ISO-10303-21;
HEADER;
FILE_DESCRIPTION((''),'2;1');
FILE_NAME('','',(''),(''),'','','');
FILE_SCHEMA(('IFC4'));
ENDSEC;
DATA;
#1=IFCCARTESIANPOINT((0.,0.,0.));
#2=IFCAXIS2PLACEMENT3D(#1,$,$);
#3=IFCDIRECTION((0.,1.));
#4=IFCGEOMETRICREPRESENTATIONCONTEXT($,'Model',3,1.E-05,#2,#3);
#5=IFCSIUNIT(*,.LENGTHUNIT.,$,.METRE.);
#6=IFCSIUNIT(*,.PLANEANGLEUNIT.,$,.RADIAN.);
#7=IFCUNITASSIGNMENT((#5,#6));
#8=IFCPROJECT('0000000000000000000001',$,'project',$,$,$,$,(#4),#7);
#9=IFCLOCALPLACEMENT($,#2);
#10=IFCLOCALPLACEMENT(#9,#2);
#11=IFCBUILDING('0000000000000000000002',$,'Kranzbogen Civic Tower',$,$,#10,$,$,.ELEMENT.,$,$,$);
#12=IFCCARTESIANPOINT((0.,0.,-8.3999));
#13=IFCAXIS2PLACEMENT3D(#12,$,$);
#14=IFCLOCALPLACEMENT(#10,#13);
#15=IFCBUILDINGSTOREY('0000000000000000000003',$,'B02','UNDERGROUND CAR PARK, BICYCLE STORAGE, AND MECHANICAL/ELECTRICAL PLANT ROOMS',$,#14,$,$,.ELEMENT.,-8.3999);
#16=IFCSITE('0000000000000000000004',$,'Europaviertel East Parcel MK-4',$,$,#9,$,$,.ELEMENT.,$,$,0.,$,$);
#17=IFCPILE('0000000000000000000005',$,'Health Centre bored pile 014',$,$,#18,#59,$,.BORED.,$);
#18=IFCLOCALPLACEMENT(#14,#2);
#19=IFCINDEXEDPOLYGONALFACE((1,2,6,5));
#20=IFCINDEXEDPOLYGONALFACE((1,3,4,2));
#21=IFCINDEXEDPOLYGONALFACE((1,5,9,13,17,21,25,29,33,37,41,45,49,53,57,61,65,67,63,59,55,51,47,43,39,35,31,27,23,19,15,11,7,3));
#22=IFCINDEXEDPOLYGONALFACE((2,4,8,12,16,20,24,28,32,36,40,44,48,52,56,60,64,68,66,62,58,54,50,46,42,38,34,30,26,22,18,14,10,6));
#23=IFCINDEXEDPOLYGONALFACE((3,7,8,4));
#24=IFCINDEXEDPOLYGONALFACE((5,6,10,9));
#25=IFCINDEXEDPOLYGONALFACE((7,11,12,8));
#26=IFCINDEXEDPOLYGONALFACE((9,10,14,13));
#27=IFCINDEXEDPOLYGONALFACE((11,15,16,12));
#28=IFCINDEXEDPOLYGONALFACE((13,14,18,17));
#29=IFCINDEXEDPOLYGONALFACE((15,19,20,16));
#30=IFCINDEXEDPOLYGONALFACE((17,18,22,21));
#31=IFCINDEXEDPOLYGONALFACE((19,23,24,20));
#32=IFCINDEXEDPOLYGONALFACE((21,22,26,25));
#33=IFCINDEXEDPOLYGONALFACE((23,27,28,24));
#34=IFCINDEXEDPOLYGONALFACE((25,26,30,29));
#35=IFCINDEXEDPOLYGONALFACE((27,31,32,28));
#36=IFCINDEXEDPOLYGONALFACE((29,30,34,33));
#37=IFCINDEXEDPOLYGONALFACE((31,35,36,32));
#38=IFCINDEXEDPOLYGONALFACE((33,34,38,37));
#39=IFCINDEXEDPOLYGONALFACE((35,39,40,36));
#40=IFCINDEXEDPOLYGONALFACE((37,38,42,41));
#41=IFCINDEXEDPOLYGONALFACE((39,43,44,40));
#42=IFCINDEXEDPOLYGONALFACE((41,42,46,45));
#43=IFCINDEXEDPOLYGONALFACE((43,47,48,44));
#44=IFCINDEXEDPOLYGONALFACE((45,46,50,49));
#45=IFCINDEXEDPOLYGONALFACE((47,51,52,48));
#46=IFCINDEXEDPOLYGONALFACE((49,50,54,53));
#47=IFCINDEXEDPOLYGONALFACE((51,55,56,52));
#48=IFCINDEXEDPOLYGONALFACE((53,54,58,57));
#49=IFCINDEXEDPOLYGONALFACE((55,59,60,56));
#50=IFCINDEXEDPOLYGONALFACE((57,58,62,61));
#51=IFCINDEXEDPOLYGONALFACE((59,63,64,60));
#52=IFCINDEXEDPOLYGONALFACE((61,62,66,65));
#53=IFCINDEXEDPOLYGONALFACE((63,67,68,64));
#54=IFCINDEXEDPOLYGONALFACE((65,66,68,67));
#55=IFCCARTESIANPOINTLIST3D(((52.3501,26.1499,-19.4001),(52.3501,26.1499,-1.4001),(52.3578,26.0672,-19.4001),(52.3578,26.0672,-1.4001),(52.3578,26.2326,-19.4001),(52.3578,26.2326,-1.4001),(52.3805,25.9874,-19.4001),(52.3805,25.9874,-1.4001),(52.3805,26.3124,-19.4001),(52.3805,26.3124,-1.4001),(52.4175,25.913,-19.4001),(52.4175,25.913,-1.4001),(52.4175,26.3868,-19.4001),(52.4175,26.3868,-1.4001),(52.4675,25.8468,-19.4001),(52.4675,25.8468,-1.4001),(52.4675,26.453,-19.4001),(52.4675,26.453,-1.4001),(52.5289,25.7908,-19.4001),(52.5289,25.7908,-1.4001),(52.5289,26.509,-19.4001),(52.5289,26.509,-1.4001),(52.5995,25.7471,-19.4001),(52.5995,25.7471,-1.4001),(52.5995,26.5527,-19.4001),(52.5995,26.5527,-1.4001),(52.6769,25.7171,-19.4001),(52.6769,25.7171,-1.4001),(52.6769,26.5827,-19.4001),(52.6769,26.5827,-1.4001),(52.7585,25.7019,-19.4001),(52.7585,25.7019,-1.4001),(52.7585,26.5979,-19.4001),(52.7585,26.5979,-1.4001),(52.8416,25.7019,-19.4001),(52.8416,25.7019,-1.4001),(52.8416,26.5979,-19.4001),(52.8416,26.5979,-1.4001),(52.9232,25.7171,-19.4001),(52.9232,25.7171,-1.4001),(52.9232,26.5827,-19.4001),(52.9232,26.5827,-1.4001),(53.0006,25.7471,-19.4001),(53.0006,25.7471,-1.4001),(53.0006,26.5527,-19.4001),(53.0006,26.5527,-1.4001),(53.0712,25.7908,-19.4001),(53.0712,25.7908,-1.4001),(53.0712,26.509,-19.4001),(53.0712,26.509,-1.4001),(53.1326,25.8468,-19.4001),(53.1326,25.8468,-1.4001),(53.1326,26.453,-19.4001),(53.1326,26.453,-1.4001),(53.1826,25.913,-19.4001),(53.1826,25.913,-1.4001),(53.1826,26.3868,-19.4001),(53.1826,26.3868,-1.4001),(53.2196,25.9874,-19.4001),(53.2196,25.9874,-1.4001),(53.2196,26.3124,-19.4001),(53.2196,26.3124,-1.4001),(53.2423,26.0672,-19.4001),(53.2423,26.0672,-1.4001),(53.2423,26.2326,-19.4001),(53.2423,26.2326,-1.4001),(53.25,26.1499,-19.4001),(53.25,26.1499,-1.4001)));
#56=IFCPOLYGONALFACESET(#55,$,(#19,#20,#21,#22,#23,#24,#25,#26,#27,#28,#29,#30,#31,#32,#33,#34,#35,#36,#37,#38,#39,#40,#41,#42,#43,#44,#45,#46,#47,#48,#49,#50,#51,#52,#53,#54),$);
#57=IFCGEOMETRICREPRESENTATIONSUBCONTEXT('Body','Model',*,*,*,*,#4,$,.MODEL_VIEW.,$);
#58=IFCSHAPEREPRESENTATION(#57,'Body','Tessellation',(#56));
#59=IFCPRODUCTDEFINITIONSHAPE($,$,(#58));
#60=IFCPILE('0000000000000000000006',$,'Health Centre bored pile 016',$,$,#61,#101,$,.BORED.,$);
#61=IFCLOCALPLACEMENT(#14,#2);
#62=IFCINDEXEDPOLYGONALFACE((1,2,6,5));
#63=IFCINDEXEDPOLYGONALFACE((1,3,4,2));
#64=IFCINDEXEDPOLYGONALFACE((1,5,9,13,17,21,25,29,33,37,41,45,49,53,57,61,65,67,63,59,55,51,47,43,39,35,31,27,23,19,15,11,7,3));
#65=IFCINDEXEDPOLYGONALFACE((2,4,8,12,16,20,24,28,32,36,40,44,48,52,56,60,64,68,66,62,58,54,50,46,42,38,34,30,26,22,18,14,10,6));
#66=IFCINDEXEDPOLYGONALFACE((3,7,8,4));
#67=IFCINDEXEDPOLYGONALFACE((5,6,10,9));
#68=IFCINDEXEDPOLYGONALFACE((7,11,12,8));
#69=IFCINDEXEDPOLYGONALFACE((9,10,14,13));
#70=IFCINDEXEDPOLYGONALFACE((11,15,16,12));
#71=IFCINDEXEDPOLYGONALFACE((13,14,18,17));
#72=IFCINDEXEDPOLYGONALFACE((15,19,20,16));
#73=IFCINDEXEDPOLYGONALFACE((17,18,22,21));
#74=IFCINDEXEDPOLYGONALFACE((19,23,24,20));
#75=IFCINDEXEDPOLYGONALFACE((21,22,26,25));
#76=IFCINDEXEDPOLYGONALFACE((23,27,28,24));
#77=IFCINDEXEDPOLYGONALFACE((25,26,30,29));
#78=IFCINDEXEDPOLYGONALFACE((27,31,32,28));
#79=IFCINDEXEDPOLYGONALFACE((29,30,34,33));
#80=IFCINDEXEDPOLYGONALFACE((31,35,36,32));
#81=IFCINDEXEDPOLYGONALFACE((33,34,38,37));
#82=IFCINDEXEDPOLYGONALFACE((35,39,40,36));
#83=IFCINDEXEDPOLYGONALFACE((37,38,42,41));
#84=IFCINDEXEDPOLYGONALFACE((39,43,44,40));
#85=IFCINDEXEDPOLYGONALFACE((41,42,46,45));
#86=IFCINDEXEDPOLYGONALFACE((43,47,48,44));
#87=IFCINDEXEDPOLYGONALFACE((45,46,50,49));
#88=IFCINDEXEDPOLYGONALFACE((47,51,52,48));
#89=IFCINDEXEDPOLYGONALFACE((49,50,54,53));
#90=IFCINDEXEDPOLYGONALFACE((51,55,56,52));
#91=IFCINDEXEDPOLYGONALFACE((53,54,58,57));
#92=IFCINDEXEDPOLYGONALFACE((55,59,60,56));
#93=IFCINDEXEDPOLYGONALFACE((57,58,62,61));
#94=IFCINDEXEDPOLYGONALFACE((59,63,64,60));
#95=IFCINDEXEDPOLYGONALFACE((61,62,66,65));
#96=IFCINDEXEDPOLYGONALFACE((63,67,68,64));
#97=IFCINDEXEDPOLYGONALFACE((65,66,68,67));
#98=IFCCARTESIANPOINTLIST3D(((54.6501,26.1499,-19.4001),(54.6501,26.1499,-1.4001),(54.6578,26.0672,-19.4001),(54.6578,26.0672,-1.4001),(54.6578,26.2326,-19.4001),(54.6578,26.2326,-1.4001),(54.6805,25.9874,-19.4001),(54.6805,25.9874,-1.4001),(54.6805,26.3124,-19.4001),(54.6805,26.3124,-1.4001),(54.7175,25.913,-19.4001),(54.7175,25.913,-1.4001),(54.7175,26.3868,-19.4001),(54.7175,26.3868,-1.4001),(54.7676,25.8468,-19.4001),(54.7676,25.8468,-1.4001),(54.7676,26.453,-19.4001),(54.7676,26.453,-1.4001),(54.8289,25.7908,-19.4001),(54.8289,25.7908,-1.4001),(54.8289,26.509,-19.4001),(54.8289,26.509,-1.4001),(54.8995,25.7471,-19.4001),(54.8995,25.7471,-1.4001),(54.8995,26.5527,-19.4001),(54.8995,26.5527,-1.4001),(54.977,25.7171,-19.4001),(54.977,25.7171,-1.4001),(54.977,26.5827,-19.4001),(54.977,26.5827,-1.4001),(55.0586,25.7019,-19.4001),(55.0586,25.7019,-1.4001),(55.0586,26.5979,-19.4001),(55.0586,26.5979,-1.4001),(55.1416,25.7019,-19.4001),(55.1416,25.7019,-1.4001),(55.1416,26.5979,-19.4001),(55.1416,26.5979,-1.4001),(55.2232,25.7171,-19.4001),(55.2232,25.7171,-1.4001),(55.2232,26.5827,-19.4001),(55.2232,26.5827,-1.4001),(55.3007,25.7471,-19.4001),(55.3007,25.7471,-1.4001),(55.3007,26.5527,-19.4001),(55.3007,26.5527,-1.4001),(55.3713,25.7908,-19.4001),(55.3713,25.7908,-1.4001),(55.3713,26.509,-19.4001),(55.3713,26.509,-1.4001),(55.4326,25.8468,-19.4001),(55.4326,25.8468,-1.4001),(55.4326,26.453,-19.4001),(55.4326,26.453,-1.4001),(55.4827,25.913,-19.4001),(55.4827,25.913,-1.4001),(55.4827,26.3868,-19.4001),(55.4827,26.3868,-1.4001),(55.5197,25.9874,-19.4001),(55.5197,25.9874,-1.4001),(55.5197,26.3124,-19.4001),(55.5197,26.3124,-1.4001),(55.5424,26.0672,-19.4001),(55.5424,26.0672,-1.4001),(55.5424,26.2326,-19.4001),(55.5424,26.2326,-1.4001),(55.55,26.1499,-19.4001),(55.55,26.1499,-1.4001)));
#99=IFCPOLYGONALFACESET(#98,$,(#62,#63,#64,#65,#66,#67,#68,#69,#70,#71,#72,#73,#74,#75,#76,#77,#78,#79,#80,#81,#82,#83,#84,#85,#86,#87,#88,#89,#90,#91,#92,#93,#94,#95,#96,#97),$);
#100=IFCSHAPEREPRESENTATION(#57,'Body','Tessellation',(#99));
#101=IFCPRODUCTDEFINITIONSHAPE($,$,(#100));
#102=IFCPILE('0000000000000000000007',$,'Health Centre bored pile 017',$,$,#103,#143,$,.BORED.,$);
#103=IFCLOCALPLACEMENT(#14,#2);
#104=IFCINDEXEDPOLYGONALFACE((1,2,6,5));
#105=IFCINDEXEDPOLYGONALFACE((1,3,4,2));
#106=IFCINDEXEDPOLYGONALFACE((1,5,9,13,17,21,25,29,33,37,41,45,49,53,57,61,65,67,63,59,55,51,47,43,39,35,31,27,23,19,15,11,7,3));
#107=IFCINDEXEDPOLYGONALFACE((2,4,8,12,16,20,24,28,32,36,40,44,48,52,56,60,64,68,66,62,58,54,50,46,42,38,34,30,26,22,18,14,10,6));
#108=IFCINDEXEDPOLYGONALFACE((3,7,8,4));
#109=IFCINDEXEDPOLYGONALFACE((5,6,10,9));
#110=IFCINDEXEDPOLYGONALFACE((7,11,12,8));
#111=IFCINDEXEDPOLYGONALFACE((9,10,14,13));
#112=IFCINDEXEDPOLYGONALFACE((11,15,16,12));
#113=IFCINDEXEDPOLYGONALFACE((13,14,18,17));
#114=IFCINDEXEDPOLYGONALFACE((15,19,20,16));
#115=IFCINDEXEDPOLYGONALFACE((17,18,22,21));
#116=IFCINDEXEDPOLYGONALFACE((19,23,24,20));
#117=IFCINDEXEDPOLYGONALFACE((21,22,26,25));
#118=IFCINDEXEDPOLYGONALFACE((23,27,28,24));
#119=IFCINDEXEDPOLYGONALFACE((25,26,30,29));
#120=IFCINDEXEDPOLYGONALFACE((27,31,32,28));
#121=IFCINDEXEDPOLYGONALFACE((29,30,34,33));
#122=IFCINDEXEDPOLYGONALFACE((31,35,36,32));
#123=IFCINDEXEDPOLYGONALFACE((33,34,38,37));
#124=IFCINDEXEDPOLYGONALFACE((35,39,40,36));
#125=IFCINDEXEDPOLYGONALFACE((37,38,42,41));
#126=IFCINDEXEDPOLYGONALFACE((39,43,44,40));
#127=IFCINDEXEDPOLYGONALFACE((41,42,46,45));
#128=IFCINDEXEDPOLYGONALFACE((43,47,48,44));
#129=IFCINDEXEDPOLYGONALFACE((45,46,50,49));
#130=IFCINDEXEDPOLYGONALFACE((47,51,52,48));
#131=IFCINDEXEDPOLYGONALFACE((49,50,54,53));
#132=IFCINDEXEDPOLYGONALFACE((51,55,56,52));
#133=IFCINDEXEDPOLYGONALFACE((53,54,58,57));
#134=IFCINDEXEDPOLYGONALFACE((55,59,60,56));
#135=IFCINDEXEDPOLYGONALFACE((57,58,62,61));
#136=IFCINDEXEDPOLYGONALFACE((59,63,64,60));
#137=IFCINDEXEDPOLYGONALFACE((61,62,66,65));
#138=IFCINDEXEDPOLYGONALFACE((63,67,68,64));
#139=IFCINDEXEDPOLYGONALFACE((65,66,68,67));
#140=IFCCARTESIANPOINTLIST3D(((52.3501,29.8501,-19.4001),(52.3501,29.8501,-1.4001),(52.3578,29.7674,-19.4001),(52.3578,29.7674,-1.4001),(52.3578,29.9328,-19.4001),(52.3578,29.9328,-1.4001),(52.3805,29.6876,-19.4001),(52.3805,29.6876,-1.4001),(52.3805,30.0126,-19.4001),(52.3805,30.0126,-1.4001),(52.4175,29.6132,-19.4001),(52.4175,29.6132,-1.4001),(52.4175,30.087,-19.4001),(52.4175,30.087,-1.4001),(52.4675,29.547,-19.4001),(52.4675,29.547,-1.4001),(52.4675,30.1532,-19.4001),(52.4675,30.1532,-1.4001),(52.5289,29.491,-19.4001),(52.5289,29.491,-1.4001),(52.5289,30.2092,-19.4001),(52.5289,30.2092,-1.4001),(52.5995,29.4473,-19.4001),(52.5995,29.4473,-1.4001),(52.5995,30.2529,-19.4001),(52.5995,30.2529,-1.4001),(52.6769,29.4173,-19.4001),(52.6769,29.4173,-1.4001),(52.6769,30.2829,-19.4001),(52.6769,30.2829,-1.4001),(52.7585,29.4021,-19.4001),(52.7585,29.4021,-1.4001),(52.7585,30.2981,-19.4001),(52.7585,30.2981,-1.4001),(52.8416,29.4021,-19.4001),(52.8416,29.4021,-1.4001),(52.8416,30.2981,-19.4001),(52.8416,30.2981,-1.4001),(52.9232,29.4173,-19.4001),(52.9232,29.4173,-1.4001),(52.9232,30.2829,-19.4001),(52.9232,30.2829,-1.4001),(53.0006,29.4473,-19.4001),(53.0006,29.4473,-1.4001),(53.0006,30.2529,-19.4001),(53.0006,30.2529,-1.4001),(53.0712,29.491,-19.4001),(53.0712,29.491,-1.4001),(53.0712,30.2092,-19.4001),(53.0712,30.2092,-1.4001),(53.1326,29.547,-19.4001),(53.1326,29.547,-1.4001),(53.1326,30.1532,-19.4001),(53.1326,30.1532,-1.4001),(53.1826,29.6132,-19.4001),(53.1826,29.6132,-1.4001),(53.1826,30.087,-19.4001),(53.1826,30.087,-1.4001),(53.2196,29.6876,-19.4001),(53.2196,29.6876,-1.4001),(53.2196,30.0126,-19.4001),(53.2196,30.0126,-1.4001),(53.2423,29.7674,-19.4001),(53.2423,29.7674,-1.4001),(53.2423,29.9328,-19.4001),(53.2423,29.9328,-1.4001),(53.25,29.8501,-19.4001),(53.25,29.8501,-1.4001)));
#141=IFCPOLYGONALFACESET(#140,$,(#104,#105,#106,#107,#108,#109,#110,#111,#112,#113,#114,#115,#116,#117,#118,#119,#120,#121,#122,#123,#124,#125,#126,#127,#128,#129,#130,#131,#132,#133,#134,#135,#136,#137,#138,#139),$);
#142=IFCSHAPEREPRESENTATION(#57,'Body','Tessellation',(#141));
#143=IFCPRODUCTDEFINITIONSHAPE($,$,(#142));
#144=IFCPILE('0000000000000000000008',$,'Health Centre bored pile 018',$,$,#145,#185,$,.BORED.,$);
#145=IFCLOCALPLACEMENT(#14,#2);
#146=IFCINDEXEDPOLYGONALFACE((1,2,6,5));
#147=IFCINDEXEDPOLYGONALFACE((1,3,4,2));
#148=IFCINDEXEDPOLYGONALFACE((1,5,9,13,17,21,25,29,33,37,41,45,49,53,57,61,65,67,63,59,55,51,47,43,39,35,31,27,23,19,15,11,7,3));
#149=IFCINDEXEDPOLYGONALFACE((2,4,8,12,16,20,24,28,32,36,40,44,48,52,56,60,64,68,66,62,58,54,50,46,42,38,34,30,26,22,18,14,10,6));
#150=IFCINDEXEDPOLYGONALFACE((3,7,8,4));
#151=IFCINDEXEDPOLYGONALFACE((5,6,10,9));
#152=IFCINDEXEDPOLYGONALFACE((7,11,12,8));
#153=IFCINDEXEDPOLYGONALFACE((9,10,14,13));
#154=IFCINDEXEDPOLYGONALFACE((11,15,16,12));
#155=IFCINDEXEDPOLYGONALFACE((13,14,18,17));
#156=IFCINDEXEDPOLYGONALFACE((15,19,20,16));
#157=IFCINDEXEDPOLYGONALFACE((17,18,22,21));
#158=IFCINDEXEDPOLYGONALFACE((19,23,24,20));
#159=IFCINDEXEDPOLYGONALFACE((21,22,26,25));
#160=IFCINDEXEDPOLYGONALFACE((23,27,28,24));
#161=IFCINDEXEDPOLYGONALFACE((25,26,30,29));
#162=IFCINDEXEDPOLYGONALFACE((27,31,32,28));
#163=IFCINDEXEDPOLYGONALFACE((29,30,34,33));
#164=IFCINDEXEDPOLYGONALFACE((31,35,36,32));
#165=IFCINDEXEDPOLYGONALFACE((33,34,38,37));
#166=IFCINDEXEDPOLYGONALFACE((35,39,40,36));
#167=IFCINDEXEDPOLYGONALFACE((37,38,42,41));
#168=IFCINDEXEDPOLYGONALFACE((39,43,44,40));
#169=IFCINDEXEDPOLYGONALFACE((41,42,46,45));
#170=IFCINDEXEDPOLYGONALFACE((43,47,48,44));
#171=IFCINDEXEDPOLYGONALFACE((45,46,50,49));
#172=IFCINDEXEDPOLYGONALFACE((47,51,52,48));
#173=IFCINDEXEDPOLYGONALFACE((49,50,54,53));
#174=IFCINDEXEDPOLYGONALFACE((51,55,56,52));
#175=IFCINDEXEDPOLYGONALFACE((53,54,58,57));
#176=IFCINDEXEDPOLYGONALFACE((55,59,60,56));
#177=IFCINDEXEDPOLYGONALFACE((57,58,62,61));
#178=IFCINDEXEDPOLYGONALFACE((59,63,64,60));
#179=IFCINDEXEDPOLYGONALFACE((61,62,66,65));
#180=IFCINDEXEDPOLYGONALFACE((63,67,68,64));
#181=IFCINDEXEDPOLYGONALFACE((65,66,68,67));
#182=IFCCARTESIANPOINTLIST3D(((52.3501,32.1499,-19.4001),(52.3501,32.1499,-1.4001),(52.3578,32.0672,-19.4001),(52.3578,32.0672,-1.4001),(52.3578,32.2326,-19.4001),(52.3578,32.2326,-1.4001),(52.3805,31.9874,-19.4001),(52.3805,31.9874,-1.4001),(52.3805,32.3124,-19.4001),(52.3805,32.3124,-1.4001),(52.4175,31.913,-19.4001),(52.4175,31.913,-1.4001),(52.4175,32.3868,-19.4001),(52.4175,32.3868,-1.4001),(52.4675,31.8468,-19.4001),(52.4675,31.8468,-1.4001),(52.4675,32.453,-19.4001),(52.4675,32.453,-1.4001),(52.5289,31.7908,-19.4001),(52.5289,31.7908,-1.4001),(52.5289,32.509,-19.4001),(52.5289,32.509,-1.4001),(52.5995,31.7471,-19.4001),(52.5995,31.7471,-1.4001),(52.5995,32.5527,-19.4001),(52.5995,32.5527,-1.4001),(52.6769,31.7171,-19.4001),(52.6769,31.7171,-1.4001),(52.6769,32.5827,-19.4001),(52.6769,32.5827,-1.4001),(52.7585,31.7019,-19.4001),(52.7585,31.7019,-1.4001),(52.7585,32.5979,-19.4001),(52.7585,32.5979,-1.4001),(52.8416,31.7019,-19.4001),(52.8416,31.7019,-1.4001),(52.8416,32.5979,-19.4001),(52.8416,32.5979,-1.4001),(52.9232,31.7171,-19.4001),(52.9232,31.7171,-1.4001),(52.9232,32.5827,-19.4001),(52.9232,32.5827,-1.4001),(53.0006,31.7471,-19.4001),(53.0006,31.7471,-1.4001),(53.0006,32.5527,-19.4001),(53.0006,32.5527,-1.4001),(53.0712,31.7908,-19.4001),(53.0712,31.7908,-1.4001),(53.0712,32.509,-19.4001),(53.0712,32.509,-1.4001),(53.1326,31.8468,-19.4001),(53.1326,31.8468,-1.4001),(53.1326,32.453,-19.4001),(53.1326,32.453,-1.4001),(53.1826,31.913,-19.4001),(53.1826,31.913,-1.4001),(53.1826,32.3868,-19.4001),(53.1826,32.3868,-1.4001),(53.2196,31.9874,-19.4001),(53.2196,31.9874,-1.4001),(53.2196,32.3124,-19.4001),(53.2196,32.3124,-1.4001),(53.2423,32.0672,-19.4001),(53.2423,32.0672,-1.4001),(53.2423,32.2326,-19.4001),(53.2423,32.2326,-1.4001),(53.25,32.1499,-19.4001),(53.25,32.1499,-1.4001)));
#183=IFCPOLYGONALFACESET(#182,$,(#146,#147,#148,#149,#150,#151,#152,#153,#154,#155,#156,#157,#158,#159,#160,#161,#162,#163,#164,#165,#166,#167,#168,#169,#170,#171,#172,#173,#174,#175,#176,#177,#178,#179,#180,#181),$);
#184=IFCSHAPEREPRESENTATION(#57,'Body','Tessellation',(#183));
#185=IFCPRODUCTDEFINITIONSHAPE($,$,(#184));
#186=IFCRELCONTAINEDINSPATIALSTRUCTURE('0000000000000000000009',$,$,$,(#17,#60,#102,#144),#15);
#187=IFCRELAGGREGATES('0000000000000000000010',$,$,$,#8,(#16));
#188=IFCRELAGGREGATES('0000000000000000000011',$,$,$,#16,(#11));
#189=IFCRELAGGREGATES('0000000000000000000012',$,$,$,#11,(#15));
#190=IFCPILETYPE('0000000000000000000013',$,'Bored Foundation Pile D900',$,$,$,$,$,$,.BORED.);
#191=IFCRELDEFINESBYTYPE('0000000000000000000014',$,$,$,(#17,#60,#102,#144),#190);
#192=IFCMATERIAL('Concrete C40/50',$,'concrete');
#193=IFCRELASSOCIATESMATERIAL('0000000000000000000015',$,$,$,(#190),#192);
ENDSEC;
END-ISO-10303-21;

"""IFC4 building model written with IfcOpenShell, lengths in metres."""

from ifc_helpers import new_model, si_unit, direction, frame, origin, origin_2d, place, context, subcontext, project, spatial, circle, extrude, material, material_profile, profile_set, type_object, element, save


model = new_model("IFC4")

# Units and contexts
model_context = context("Model", 3, precision=1e-05, world=origin(), true_north=direction((0.0, 1.0)))
body_context = subcontext(model_context, "Body", "Model", "MODEL_VIEW")
ifc_project = project(units=[si_unit("LENGTHUNIT", "METRE"), si_unit("PLANEANGLEUNIT", "RADIAN")], contexts=[model_context])

# Site, building, storey
site_placement = place(None, origin())
site = spatial("IfcSite", under=ifc_project, at=site_placement, Name="Europaviertel East Parcel MK-4", CompositionType="ELEMENT", RefElevation=0.0)
building_placement = place(site_placement, origin())
building = spatial("IfcBuilding", under=site, at=building_placement, Name="Kranzbogen Civic Tower", CompositionType="ELEMENT")
storey_placement = place(building_placement, frame((0.0, 0.0, -8.3999)))
storey = spatial("IfcBuildingStorey", under=building, at=storey_placement, Name="B02", Description="UNDERGROUND CAR PARK, BICYCLE STORAGE, AND MECHANICAL/ELECTRICAL PLANT ROOMS", CompositionType="ELEMENT", Elevation=-8.3999)

# Piles
ifc_material_1 = material(Name="Concrete C40/50", Category="concrete")
ifc_material_profile_1 = material_profile(ifc_material_1, circle(Radius=0.45, at=origin_2d()), Name="PILE D900")
ifc_profile_set_1 = profile_set([ifc_material_profile_1], Name="Concrete C40/50")
pile_type_1 = type_object("IfcPileType", Name="Bored Foundation Pile D900", PredefinedType="BORED", material=ifc_profile_set_1)
for number, where, z_axis, x_axis, name in (
    (1, (52.8, 26.1499, -1.4001), (0.0, 0.0, -1.0), (1.0, 0.0, 0.0), "Health Centre bored pile 014"),
    (2, (55.1001, 26.1499, -1.4001), (0.0, 0.0, -1.0), (1.0, 0.0, 0.0), "Health Centre bored pile 016"),
    (3, (52.8, 29.8501, -1.4001), (0.0, 0.0, -1.0), (1.0, 0.0, 0.0), "Health Centre bored pile 017"),
    (4, (52.8, 32.1499, -1.4001), (0.0, 0.0, -1.0), (1.0, 0.0, 0.0), "Health Centre bored pile 018"),
):
    element("IfcPile", number, at=place(storey_placement, frame(where, z_axis=z_axis, x_axis=x_axis)), inside=storey, type_object=pile_type_1, Name=name, PredefinedType="BORED", context=body_context, shape_type="SweptSolid", body=[
        extrude(circle(Radius=0.45, at=origin_2d()), origin(), (0.0, 0.0, 1.0), 18.0),
    ])

save(model, "model.ifc")
